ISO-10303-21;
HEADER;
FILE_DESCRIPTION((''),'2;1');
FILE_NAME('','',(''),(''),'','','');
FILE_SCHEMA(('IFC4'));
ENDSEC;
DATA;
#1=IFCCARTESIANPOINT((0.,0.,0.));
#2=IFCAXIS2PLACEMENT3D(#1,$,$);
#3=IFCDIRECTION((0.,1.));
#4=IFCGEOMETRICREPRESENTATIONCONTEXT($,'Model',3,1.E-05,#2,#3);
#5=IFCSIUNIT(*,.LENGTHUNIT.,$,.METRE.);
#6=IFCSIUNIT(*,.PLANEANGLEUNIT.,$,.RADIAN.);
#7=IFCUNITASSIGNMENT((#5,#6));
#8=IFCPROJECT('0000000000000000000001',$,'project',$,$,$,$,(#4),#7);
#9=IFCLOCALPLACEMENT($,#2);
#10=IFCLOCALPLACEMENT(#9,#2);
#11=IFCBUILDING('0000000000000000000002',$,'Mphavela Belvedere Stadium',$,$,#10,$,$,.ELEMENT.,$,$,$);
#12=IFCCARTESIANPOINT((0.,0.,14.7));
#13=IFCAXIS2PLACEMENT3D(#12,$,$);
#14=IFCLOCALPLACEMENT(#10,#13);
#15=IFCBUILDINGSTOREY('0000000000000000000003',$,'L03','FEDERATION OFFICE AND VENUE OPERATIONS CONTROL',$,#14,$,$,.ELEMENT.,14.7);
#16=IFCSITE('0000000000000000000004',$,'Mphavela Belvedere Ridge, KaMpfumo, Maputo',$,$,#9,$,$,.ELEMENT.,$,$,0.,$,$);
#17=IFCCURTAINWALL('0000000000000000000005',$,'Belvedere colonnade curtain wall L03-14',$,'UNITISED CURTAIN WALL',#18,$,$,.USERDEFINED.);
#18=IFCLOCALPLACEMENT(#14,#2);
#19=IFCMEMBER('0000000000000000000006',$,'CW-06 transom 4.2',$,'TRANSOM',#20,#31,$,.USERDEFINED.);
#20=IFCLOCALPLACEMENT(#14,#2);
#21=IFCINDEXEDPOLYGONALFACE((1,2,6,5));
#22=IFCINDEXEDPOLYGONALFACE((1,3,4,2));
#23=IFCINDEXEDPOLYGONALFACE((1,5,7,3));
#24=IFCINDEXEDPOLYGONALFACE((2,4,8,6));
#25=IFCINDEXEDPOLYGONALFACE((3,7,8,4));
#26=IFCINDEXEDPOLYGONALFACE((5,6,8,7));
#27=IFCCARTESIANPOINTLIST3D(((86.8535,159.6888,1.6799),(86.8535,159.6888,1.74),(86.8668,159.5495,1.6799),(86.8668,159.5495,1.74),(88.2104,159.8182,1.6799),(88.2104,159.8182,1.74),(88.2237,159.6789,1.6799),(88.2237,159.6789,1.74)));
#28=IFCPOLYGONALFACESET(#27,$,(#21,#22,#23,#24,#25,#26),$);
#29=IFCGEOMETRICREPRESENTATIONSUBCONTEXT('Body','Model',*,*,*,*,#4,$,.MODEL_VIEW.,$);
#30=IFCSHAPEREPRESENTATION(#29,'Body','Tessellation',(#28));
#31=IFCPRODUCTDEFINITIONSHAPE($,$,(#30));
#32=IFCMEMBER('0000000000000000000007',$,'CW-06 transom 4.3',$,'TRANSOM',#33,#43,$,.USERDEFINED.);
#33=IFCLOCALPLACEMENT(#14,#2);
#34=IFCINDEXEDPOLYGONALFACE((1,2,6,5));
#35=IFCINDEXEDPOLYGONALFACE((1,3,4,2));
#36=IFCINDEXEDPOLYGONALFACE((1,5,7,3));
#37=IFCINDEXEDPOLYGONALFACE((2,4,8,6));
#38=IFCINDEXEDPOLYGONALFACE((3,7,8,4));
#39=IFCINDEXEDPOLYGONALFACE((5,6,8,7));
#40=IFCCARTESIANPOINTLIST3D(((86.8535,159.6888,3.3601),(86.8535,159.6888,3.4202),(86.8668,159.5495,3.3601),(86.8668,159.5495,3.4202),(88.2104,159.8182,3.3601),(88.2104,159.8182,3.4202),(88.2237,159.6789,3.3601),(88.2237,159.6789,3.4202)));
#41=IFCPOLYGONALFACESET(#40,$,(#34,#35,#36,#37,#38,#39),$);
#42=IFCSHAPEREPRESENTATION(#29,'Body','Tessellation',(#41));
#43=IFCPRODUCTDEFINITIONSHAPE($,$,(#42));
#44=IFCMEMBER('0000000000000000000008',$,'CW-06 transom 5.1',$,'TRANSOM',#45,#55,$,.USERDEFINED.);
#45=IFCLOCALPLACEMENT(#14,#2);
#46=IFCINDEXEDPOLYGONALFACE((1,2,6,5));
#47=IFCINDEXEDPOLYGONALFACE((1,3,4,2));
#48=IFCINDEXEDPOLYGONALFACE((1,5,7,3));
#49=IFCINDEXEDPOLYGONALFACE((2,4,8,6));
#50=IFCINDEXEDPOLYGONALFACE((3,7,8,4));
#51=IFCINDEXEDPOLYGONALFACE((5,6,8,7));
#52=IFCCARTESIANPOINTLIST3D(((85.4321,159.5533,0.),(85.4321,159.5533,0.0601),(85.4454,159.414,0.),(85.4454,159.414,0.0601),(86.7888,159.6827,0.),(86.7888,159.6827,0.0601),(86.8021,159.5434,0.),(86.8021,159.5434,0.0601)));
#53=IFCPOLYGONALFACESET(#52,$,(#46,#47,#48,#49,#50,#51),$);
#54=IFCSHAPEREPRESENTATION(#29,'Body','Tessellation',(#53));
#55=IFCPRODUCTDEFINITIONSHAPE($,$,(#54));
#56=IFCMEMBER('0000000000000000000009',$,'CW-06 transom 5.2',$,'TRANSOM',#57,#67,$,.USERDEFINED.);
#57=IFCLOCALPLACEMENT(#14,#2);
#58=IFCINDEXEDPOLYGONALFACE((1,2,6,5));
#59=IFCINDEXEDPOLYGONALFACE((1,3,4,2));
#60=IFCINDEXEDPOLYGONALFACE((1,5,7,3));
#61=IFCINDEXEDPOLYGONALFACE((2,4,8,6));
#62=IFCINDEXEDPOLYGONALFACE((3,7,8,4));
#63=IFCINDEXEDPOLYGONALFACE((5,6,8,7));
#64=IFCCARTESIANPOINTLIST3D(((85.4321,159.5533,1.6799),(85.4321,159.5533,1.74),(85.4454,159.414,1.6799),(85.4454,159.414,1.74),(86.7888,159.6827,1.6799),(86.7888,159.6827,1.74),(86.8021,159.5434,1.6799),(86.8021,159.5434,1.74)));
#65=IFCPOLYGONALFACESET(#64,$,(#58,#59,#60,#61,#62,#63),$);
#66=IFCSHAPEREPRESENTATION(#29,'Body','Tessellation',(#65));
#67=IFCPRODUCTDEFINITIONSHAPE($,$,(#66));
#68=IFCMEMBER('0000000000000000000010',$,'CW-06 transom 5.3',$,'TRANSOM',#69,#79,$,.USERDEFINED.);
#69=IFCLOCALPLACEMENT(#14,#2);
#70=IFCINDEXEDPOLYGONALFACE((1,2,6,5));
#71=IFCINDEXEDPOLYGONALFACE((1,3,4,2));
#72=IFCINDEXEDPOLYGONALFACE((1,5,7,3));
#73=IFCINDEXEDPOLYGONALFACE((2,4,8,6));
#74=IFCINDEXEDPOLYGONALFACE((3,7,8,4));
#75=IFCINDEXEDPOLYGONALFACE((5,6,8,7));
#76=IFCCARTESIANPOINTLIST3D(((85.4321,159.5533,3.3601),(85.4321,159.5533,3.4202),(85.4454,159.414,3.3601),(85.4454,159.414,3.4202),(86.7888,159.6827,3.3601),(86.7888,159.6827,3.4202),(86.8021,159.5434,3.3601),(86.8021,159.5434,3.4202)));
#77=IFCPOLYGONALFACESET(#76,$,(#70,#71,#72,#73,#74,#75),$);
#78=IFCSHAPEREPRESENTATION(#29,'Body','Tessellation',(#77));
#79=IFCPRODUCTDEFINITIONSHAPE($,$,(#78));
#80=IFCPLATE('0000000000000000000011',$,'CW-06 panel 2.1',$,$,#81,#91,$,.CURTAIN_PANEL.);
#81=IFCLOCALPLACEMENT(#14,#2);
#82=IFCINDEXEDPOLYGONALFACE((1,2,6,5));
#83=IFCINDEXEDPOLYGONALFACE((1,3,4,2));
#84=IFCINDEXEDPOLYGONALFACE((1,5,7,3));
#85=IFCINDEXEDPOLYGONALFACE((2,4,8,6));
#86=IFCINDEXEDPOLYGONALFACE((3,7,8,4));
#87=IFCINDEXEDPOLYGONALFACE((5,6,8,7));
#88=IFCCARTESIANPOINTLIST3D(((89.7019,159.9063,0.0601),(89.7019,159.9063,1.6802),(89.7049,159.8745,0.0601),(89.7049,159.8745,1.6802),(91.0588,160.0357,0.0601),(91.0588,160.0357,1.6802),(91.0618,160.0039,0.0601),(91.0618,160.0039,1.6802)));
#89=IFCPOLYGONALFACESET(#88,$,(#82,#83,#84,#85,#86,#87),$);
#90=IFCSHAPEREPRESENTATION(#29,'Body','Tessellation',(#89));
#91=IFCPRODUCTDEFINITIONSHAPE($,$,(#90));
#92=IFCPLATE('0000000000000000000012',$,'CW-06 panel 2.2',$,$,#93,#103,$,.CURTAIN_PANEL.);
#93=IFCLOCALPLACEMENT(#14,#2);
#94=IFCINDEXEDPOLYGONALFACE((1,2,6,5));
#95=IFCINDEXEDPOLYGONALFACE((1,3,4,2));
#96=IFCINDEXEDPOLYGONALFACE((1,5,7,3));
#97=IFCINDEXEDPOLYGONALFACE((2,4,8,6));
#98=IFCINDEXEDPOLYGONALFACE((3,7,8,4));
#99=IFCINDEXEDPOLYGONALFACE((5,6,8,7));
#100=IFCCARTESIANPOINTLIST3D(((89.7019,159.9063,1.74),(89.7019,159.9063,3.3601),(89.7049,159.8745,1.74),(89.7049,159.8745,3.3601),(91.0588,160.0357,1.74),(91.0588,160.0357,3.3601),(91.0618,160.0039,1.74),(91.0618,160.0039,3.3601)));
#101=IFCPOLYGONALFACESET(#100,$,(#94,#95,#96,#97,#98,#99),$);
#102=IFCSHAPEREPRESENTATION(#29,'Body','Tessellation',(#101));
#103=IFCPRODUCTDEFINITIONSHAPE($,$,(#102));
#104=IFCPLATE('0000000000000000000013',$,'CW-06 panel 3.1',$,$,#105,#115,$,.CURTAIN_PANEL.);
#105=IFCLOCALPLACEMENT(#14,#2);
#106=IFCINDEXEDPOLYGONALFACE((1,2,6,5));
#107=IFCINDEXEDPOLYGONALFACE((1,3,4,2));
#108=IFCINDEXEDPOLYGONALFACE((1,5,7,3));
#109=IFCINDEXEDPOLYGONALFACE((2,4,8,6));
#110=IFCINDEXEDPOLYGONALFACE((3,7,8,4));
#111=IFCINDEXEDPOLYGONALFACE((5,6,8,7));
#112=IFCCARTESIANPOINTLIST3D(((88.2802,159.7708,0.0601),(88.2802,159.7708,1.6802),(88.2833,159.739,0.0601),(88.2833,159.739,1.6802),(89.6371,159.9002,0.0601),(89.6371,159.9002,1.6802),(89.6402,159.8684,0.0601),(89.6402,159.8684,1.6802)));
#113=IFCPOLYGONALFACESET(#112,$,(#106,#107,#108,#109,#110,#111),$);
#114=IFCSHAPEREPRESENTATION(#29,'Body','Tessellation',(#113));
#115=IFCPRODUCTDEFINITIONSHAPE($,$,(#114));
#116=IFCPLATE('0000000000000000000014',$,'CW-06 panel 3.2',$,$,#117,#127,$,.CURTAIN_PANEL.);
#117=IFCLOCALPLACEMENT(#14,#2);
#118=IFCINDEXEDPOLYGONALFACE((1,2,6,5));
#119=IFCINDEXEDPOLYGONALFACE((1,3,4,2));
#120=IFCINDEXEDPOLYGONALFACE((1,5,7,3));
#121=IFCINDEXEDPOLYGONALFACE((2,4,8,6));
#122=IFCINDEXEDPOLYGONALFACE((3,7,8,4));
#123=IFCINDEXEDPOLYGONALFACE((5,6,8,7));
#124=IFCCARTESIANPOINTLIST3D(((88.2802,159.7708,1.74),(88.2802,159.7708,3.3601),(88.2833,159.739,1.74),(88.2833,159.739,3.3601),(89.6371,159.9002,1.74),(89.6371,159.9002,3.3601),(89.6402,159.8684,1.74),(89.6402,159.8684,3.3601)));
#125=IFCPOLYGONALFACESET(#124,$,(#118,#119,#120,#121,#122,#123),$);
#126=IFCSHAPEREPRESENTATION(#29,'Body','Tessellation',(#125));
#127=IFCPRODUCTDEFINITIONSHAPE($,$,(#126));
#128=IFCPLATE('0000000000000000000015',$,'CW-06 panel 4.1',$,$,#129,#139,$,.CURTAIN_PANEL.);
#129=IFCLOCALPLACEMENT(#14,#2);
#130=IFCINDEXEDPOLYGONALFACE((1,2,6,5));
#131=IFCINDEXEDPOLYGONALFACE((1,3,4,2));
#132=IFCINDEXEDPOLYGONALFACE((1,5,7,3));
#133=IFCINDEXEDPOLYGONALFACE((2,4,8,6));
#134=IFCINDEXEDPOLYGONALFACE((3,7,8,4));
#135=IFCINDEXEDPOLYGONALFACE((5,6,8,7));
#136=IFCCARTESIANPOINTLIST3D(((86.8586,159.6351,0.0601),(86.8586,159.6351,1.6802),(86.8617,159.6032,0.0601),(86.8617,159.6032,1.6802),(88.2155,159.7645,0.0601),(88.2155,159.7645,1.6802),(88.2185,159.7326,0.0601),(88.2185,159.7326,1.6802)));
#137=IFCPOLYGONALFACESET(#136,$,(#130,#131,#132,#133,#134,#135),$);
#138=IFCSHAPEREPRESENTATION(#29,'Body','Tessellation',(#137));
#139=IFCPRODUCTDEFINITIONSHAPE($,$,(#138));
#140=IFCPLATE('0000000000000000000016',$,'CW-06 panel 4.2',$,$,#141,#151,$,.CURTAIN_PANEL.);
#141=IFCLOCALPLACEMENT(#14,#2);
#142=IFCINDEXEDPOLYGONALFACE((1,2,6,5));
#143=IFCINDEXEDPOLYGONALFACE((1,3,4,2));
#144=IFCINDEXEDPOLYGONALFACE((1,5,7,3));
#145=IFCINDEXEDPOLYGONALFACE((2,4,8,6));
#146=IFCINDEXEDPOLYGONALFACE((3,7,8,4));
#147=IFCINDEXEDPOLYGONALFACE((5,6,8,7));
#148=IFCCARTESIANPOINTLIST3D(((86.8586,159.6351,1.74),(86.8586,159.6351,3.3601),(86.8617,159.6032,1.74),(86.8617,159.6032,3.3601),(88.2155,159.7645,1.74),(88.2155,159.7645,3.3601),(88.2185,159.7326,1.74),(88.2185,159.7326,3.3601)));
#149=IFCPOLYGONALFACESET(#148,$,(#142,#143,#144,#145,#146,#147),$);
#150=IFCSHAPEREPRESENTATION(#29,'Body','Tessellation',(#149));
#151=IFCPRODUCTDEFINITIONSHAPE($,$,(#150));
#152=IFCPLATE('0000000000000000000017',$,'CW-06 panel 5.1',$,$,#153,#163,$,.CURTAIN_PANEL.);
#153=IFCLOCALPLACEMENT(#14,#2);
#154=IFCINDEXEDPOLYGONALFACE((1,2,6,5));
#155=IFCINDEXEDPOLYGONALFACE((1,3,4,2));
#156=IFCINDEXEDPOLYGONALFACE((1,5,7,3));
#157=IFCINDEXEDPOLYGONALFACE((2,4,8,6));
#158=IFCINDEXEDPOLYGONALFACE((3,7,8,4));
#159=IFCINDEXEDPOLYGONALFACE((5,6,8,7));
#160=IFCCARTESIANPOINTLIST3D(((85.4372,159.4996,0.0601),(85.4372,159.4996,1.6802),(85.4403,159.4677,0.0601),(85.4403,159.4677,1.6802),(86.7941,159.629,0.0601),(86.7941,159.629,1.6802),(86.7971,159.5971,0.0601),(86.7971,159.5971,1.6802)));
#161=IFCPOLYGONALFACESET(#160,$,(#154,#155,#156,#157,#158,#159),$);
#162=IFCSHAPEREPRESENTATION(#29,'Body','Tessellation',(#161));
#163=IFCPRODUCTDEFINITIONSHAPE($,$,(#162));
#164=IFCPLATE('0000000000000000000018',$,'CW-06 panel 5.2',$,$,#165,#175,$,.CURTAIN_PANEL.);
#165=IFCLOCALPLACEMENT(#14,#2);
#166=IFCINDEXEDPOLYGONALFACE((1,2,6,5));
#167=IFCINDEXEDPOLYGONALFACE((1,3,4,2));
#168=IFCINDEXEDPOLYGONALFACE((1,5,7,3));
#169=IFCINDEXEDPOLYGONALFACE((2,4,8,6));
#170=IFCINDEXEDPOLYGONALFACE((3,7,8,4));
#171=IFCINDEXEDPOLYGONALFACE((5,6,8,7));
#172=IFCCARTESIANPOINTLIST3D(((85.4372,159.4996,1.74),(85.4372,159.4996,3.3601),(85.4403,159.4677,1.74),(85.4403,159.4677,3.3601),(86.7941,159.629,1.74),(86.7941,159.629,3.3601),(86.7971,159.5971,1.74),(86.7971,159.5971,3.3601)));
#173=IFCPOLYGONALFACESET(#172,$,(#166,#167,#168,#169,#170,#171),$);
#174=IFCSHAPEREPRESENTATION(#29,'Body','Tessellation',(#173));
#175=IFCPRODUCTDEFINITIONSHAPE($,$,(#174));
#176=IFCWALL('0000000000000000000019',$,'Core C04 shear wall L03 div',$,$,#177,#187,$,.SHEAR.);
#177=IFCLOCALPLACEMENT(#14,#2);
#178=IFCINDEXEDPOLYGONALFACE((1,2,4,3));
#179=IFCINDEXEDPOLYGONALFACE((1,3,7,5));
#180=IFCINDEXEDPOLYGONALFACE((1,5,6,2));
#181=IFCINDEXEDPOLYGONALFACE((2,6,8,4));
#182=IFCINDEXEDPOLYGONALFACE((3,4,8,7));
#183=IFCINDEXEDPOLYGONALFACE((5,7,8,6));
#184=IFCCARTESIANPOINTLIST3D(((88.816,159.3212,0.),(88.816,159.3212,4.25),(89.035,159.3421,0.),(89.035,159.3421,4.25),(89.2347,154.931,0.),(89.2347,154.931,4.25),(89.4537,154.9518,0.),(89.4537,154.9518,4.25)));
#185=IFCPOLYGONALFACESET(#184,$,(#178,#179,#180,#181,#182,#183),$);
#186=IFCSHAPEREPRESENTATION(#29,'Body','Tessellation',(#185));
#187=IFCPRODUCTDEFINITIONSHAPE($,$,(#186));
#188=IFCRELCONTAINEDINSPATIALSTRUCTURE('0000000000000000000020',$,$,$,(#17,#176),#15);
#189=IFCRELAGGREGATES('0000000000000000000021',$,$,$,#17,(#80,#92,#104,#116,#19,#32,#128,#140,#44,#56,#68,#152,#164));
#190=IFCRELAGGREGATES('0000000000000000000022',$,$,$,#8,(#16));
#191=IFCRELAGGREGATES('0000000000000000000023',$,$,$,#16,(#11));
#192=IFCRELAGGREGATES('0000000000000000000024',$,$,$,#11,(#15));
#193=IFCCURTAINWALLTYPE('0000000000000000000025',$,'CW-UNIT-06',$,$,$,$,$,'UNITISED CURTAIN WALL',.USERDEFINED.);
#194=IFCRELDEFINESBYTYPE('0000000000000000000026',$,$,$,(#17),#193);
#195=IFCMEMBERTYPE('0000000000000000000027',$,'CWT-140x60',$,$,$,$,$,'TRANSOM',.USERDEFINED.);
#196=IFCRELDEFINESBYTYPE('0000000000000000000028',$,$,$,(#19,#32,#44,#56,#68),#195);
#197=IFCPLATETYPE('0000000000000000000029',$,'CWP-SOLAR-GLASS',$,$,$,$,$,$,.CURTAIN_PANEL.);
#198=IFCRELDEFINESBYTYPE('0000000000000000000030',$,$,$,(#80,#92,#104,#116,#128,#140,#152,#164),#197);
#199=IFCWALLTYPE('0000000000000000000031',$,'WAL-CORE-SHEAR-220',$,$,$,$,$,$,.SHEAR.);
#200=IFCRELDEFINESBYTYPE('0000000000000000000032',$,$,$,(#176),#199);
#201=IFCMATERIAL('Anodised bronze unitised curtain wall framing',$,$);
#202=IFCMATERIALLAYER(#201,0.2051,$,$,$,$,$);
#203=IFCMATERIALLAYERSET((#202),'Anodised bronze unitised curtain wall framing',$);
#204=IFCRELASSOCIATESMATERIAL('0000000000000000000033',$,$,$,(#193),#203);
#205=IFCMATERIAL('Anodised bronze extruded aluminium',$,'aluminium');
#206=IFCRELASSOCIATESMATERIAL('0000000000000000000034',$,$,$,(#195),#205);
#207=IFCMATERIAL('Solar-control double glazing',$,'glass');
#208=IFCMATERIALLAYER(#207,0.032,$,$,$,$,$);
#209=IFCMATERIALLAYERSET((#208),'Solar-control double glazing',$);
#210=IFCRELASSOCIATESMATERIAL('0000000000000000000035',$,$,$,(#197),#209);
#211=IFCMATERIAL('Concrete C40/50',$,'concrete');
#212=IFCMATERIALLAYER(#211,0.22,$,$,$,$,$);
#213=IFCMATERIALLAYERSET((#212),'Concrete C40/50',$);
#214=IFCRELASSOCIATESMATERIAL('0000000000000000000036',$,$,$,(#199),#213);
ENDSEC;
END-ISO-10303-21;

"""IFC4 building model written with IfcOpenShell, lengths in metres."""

from ifc_helpers import new_model, si_unit, direction, frame, frame_2d, origin, origin_2d, place, context, subcontext, project, spatial, rectangle, extrude, material, layer, layer_set, material_profile, profile_set, type_object, element, aggregate, save


model = new_model("IFC4")

# Units and contexts
model_context = context("Model", 3, precision=1e-05, world=origin(), true_north=direction((0.0, 1.0)))
body_context = subcontext(model_context, "Body", "Model", "MODEL_VIEW")
ifc_project = project(units=[si_unit("LENGTHUNIT", "METRE"), si_unit("PLANEANGLEUNIT", "RADIAN")], contexts=[model_context])

# Site, building, storey
site_placement = place(None, origin())
site = spatial("IfcSite", under=ifc_project, at=site_placement, Name="Mphavela Belvedere Ridge, KaMpfumo, Maputo", CompositionType="ELEMENT", RefElevation=0.0)
building_placement = place(site_placement, origin())
building = spatial("IfcBuilding", under=site, at=building_placement, Name="Mphavela Belvedere Stadium", CompositionType="ELEMENT")
storey_placement = place(building_placement, frame((0.0, 0.0, 14.7)))
storey = spatial("IfcBuildingStorey", under=building, at=storey_placement, Name="L03", Description="FEDERATION OFFICE AND VENUE OPERATIONS CONTROL", CompositionType="ELEMENT", Elevation=14.7)

# Curtain wall, members, plates
ifc_material_1 = material(Name="Anodised bronze unitised curtain wall framing")
ifc_layer_1 = layer(ifc_material_1, 0.2051)
ifc_layer_set_1 = layer_set([ifc_layer_1], Name="Anodised bronze unitised curtain wall framing")
curtain_wall_type = type_object("IfcCurtainWallType", Name="CW-UNIT-06", ElementType="UNITISED CURTAIN WALL", PredefinedType="USERDEFINED", material=ifc_layer_set_1)
curtain_wall_placement = place(storey_placement, origin())
curtain_wall = element("IfcCurtainWall", 1, at=curtain_wall_placement, inside=storey, type_object=curtain_wall_type, Name="Belvedere colonnade curtain wall L03-14", ObjectType="UNITISED CURTAIN WALL", PredefinedType="USERDEFINED")
ifc_material_2 = material(Name="Anodised bronze extruded aluminium", Category="aluminium")
ifc_material_profile_1 = material_profile(ifc_material_2, rectangle(XDim=0.1399, YDim=0.0601, at=origin_2d()), Name="CW-TRN 140x60")
ifc_profile_set_1 = profile_set([ifc_material_profile_1], Name="Anodised bronze extruded aluminium")
member_type_1 = type_object("IfcMemberType", Name="CWT-140x60", ElementType="TRANSOM", PredefinedType="USERDEFINED", material=ifc_profile_set_1)
member_1_placement = place(storey_placement, frame((88.217, 159.7485, 1.71), z_axis=(-0.995484, -0.094927, 0.0), x_axis=(0.094927, -0.995484, 0.0)))
member_1 = element("IfcMember", 2, at=member_1_placement, type_object=member_type_1, Name="CW-06 transom 4.2", ObjectType="TRANSOM", PredefinedType="USERDEFINED", context=body_context, shape_type="SweptSolid", body=[
    extrude(rectangle(XDim=0.1399, YDim=0.0601, at=origin_2d()), origin(), (0.0, 0.0, 1.0), 1.363),
])
member_2_placement = place(storey_placement, frame((88.217, 159.7485, 3.3901), z_axis=(-0.995484, -0.094927, 0.0), x_axis=(0.094927, -0.995484, 0.0)))
member_2 = element("IfcMember", 3, at=member_2_placement, type_object=member_type_1, Name="CW-06 transom 4.3", ObjectType="TRANSOM", PredefinedType="USERDEFINED", context=body_context, shape_type="SweptSolid", body=[
    extrude(rectangle(XDim=0.1399, YDim=0.0601, at=origin_2d()), origin(), (0.0, 0.0, 1.0), 1.363),
])
member_3_placement = place(storey_placement, frame((86.7954, 159.613, 0.03), z_axis=(-0.995483, -0.094944, 0.0), x_axis=(0.094944, -0.995483, 0.0)))
member_3 = element("IfcMember", 4, at=member_3_placement, type_object=member_type_1, Name="CW-06 transom 5.1", ObjectType="TRANSOM", PredefinedType="USERDEFINED", context=body_context, shape_type="SweptSolid", body=[
    extrude(rectangle(XDim=0.1399, YDim=0.0601, at=origin_2d()), origin(), (0.0, 0.0, 1.0), 1.3628),
])
member_4_placement = place(storey_placement, frame((86.7954, 159.613, 1.71), z_axis=(-0.995483, -0.094944, 0.0), x_axis=(0.094944, -0.995483, 0.0)))
member_4 = element("IfcMember", 5, at=member_4_placement, type_object=member_type_1, Name="CW-06 transom 5.2", ObjectType="TRANSOM", PredefinedType="USERDEFINED", context=body_context, shape_type="SweptSolid", body=[
    extrude(rectangle(XDim=0.1399, YDim=0.0601, at=origin_2d()), origin(), (0.0, 0.0, 1.0), 1.3628),
])
member_5_placement = place(storey_placement, frame((86.7954, 159.613, 3.3901), z_axis=(-0.995483, -0.094944, 0.0), x_axis=(0.094944, -0.995483, 0.0)))
member_5 = element("IfcMember", 6, at=member_5_placement, type_object=member_type_1, Name="CW-06 transom 5.3", ObjectType="TRANSOM", PredefinedType="USERDEFINED", context=body_context, shape_type="SweptSolid", body=[
    extrude(rectangle(XDim=0.1399, YDim=0.0601, at=origin_2d()), origin(), (0.0, 0.0, 1.0), 1.3628),
])
ifc_material_3 = material(Name="Solar-control double glazing", Category="glass")
ifc_layer_2 = layer(ifc_material_3, 0.032)
ifc_layer_set_2 = layer_set([ifc_layer_2], Name="Solar-control double glazing")
plate_type = type_object("IfcPlateType", Name="CWP-SOLAR-GLASS", PredefinedType="CURTAIN_PANEL", material=ifc_layer_set_2)
plate_1_placement = place(storey_placement, frame((90.3818, 159.9551, 0.0601), z_axis=(0.0, 0.0, 1.0), x_axis=(-0.995484, -0.094929, 0.0)))
plate_1 = element("IfcPlate", 7, at=plate_1_placement, type_object=plate_type, Name="CW-06 panel 2.1", PredefinedType="CURTAIN_PANEL", context=body_context, shape_type="SweptSolid", body=[
    extrude(rectangle(XDim=1.363, YDim=0.032, at=origin_2d()), origin(), (0.0, 0.0, 1.0), 1.6201),
])
plate_2_placement = place(storey_placement, frame((90.3818, 159.9551, 1.74), z_axis=(0.0, 0.0, 1.0), x_axis=(-0.995484, -0.094929, 0.0)))
plate_2 = element("IfcPlate", 8, at=plate_2_placement, type_object=plate_type, Name="CW-06 panel 2.2", PredefinedType="CURTAIN_PANEL", context=body_context, shape_type="SweptSolid", body=[
    extrude(rectangle(XDim=1.363, YDim=0.032, at=origin_2d()), origin(), (0.0, 0.0, 1.0), 1.6201),
])
plate_3_placement = place(storey_placement, frame((88.9602, 159.8196, 0.0601), z_axis=(0.0, 0.0, 1.0), x_axis=(-0.995484, -0.094929, 0.0)))
plate_3 = element("IfcPlate", 9, at=plate_3_placement, type_object=plate_type, Name="CW-06 panel 3.1", PredefinedType="CURTAIN_PANEL", context=body_context, shape_type="SweptSolid", body=[
    extrude(rectangle(XDim=1.363, YDim=0.032, at=origin_2d()), origin(), (0.0, 0.0, 1.0), 1.6201),
])
plate_4_placement = place(storey_placement, frame((88.9602, 159.8196, 1.74), z_axis=(0.0, 0.0, 1.0), x_axis=(-0.995484, -0.094929, 0.0)))
plate_4 = element("IfcPlate", 10, at=plate_4_placement, type_object=plate_type, Name="CW-06 panel 3.2", PredefinedType="CURTAIN_PANEL", context=body_context, shape_type="SweptSolid", body=[
    extrude(rectangle(XDim=1.363, YDim=0.032, at=origin_2d()), origin(), (0.0, 0.0, 1.0), 1.6201),
])
plate_5_placement = place(storey_placement, frame((87.5386, 159.6838, 0.0601), z_axis=(0.0, 0.0, 1.0), x_axis=(-0.995484, -0.094929, 0.0)))
plate_5 = element("IfcPlate", 11, at=plate_5_placement, type_object=plate_type, Name="CW-06 panel 4.1", PredefinedType="CURTAIN_PANEL", context=body_context, shape_type="SweptSolid", body=[
    extrude(rectangle(XDim=1.363, YDim=0.032, at=origin_2d()), origin(), (0.0, 0.0, 1.0), 1.6201),
])
plate_6_placement = place(storey_placement, frame((87.5386, 159.6838, 1.74), z_axis=(0.0, 0.0, 1.0), x_axis=(-0.995484, -0.094929, 0.0)))
plate_6 = element("IfcPlate", 12, at=plate_6_placement, type_object=plate_type, Name="CW-06 panel 4.2", PredefinedType="CURTAIN_PANEL", context=body_context, shape_type="SweptSolid", body=[
    extrude(rectangle(XDim=1.363, YDim=0.032, at=origin_2d()), origin(), (0.0, 0.0, 1.0), 1.6201),
])
plate_7_placement = place(storey_placement, frame((86.1172, 159.5483, 0.0601), z_axis=(0.0, 0.0, 1.0), x_axis=(-0.995484, -0.094929, 0.0)))
plate_7 = element("IfcPlate", 13, at=plate_7_placement, type_object=plate_type, Name="CW-06 panel 5.1", PredefinedType="CURTAIN_PANEL", context=body_context, shape_type="SweptSolid", body=[
    extrude(rectangle(XDim=1.363, YDim=0.032, at=origin_2d()), origin(), (0.0, 0.0, 1.0), 1.6201),
])
plate_8_placement = place(storey_placement, frame((86.1172, 159.5483, 1.74), z_axis=(0.0, 0.0, 1.0), x_axis=(-0.995484, -0.094929, 0.0)))
plate_8 = element("IfcPlate", 14, at=plate_8_placement, type_object=plate_type, Name="CW-06 panel 5.2", PredefinedType="CURTAIN_PANEL", context=body_context, shape_type="SweptSolid", body=[
    extrude(rectangle(XDim=1.363, YDim=0.032, at=origin_2d()), origin(), (0.0, 0.0, 1.0), 1.6201),
])
aggregate(curtain_wall, [plate_1, plate_2, plate_3, plate_4, member_1, member_2, plate_5, plate_6, member_3, member_4, member_5, plate_7, plate_8])

# Wall
ifc_material_4 = material(Name="Concrete C40/50", Category="concrete")
ifc_layer_3 = layer(ifc_material_4, 0.22)
ifc_layer_set_3 = layer_set([ifc_layer_3], Name="Concrete C40/50")
wall_type = type_object("IfcWallType", Name="WAL-CORE-SHEAR-220", PredefinedType="SHEAR", material=ifc_layer_set_3)
wall_placement = place(storey_placement, frame((89.3442, 154.9414, 0.0), z_axis=(0.0, 0.0, 1.0), x_axis=(-0.094942, 0.995483, 0.0)))
element("IfcWall", 15, at=wall_placement, inside=storey, type_object=wall_type, Name="Core C04 shear wall L03 div", PredefinedType="SHEAR", context=body_context, shape_type="SweptSolid", body=[
    extrude(rectangle(XDim=4.4102, YDim=0.22, at=frame_2d((2.2051, 0.0))), origin(), (0.0, 0.0, 1.0), 4.25),
])

save(model, "model.ifc")
